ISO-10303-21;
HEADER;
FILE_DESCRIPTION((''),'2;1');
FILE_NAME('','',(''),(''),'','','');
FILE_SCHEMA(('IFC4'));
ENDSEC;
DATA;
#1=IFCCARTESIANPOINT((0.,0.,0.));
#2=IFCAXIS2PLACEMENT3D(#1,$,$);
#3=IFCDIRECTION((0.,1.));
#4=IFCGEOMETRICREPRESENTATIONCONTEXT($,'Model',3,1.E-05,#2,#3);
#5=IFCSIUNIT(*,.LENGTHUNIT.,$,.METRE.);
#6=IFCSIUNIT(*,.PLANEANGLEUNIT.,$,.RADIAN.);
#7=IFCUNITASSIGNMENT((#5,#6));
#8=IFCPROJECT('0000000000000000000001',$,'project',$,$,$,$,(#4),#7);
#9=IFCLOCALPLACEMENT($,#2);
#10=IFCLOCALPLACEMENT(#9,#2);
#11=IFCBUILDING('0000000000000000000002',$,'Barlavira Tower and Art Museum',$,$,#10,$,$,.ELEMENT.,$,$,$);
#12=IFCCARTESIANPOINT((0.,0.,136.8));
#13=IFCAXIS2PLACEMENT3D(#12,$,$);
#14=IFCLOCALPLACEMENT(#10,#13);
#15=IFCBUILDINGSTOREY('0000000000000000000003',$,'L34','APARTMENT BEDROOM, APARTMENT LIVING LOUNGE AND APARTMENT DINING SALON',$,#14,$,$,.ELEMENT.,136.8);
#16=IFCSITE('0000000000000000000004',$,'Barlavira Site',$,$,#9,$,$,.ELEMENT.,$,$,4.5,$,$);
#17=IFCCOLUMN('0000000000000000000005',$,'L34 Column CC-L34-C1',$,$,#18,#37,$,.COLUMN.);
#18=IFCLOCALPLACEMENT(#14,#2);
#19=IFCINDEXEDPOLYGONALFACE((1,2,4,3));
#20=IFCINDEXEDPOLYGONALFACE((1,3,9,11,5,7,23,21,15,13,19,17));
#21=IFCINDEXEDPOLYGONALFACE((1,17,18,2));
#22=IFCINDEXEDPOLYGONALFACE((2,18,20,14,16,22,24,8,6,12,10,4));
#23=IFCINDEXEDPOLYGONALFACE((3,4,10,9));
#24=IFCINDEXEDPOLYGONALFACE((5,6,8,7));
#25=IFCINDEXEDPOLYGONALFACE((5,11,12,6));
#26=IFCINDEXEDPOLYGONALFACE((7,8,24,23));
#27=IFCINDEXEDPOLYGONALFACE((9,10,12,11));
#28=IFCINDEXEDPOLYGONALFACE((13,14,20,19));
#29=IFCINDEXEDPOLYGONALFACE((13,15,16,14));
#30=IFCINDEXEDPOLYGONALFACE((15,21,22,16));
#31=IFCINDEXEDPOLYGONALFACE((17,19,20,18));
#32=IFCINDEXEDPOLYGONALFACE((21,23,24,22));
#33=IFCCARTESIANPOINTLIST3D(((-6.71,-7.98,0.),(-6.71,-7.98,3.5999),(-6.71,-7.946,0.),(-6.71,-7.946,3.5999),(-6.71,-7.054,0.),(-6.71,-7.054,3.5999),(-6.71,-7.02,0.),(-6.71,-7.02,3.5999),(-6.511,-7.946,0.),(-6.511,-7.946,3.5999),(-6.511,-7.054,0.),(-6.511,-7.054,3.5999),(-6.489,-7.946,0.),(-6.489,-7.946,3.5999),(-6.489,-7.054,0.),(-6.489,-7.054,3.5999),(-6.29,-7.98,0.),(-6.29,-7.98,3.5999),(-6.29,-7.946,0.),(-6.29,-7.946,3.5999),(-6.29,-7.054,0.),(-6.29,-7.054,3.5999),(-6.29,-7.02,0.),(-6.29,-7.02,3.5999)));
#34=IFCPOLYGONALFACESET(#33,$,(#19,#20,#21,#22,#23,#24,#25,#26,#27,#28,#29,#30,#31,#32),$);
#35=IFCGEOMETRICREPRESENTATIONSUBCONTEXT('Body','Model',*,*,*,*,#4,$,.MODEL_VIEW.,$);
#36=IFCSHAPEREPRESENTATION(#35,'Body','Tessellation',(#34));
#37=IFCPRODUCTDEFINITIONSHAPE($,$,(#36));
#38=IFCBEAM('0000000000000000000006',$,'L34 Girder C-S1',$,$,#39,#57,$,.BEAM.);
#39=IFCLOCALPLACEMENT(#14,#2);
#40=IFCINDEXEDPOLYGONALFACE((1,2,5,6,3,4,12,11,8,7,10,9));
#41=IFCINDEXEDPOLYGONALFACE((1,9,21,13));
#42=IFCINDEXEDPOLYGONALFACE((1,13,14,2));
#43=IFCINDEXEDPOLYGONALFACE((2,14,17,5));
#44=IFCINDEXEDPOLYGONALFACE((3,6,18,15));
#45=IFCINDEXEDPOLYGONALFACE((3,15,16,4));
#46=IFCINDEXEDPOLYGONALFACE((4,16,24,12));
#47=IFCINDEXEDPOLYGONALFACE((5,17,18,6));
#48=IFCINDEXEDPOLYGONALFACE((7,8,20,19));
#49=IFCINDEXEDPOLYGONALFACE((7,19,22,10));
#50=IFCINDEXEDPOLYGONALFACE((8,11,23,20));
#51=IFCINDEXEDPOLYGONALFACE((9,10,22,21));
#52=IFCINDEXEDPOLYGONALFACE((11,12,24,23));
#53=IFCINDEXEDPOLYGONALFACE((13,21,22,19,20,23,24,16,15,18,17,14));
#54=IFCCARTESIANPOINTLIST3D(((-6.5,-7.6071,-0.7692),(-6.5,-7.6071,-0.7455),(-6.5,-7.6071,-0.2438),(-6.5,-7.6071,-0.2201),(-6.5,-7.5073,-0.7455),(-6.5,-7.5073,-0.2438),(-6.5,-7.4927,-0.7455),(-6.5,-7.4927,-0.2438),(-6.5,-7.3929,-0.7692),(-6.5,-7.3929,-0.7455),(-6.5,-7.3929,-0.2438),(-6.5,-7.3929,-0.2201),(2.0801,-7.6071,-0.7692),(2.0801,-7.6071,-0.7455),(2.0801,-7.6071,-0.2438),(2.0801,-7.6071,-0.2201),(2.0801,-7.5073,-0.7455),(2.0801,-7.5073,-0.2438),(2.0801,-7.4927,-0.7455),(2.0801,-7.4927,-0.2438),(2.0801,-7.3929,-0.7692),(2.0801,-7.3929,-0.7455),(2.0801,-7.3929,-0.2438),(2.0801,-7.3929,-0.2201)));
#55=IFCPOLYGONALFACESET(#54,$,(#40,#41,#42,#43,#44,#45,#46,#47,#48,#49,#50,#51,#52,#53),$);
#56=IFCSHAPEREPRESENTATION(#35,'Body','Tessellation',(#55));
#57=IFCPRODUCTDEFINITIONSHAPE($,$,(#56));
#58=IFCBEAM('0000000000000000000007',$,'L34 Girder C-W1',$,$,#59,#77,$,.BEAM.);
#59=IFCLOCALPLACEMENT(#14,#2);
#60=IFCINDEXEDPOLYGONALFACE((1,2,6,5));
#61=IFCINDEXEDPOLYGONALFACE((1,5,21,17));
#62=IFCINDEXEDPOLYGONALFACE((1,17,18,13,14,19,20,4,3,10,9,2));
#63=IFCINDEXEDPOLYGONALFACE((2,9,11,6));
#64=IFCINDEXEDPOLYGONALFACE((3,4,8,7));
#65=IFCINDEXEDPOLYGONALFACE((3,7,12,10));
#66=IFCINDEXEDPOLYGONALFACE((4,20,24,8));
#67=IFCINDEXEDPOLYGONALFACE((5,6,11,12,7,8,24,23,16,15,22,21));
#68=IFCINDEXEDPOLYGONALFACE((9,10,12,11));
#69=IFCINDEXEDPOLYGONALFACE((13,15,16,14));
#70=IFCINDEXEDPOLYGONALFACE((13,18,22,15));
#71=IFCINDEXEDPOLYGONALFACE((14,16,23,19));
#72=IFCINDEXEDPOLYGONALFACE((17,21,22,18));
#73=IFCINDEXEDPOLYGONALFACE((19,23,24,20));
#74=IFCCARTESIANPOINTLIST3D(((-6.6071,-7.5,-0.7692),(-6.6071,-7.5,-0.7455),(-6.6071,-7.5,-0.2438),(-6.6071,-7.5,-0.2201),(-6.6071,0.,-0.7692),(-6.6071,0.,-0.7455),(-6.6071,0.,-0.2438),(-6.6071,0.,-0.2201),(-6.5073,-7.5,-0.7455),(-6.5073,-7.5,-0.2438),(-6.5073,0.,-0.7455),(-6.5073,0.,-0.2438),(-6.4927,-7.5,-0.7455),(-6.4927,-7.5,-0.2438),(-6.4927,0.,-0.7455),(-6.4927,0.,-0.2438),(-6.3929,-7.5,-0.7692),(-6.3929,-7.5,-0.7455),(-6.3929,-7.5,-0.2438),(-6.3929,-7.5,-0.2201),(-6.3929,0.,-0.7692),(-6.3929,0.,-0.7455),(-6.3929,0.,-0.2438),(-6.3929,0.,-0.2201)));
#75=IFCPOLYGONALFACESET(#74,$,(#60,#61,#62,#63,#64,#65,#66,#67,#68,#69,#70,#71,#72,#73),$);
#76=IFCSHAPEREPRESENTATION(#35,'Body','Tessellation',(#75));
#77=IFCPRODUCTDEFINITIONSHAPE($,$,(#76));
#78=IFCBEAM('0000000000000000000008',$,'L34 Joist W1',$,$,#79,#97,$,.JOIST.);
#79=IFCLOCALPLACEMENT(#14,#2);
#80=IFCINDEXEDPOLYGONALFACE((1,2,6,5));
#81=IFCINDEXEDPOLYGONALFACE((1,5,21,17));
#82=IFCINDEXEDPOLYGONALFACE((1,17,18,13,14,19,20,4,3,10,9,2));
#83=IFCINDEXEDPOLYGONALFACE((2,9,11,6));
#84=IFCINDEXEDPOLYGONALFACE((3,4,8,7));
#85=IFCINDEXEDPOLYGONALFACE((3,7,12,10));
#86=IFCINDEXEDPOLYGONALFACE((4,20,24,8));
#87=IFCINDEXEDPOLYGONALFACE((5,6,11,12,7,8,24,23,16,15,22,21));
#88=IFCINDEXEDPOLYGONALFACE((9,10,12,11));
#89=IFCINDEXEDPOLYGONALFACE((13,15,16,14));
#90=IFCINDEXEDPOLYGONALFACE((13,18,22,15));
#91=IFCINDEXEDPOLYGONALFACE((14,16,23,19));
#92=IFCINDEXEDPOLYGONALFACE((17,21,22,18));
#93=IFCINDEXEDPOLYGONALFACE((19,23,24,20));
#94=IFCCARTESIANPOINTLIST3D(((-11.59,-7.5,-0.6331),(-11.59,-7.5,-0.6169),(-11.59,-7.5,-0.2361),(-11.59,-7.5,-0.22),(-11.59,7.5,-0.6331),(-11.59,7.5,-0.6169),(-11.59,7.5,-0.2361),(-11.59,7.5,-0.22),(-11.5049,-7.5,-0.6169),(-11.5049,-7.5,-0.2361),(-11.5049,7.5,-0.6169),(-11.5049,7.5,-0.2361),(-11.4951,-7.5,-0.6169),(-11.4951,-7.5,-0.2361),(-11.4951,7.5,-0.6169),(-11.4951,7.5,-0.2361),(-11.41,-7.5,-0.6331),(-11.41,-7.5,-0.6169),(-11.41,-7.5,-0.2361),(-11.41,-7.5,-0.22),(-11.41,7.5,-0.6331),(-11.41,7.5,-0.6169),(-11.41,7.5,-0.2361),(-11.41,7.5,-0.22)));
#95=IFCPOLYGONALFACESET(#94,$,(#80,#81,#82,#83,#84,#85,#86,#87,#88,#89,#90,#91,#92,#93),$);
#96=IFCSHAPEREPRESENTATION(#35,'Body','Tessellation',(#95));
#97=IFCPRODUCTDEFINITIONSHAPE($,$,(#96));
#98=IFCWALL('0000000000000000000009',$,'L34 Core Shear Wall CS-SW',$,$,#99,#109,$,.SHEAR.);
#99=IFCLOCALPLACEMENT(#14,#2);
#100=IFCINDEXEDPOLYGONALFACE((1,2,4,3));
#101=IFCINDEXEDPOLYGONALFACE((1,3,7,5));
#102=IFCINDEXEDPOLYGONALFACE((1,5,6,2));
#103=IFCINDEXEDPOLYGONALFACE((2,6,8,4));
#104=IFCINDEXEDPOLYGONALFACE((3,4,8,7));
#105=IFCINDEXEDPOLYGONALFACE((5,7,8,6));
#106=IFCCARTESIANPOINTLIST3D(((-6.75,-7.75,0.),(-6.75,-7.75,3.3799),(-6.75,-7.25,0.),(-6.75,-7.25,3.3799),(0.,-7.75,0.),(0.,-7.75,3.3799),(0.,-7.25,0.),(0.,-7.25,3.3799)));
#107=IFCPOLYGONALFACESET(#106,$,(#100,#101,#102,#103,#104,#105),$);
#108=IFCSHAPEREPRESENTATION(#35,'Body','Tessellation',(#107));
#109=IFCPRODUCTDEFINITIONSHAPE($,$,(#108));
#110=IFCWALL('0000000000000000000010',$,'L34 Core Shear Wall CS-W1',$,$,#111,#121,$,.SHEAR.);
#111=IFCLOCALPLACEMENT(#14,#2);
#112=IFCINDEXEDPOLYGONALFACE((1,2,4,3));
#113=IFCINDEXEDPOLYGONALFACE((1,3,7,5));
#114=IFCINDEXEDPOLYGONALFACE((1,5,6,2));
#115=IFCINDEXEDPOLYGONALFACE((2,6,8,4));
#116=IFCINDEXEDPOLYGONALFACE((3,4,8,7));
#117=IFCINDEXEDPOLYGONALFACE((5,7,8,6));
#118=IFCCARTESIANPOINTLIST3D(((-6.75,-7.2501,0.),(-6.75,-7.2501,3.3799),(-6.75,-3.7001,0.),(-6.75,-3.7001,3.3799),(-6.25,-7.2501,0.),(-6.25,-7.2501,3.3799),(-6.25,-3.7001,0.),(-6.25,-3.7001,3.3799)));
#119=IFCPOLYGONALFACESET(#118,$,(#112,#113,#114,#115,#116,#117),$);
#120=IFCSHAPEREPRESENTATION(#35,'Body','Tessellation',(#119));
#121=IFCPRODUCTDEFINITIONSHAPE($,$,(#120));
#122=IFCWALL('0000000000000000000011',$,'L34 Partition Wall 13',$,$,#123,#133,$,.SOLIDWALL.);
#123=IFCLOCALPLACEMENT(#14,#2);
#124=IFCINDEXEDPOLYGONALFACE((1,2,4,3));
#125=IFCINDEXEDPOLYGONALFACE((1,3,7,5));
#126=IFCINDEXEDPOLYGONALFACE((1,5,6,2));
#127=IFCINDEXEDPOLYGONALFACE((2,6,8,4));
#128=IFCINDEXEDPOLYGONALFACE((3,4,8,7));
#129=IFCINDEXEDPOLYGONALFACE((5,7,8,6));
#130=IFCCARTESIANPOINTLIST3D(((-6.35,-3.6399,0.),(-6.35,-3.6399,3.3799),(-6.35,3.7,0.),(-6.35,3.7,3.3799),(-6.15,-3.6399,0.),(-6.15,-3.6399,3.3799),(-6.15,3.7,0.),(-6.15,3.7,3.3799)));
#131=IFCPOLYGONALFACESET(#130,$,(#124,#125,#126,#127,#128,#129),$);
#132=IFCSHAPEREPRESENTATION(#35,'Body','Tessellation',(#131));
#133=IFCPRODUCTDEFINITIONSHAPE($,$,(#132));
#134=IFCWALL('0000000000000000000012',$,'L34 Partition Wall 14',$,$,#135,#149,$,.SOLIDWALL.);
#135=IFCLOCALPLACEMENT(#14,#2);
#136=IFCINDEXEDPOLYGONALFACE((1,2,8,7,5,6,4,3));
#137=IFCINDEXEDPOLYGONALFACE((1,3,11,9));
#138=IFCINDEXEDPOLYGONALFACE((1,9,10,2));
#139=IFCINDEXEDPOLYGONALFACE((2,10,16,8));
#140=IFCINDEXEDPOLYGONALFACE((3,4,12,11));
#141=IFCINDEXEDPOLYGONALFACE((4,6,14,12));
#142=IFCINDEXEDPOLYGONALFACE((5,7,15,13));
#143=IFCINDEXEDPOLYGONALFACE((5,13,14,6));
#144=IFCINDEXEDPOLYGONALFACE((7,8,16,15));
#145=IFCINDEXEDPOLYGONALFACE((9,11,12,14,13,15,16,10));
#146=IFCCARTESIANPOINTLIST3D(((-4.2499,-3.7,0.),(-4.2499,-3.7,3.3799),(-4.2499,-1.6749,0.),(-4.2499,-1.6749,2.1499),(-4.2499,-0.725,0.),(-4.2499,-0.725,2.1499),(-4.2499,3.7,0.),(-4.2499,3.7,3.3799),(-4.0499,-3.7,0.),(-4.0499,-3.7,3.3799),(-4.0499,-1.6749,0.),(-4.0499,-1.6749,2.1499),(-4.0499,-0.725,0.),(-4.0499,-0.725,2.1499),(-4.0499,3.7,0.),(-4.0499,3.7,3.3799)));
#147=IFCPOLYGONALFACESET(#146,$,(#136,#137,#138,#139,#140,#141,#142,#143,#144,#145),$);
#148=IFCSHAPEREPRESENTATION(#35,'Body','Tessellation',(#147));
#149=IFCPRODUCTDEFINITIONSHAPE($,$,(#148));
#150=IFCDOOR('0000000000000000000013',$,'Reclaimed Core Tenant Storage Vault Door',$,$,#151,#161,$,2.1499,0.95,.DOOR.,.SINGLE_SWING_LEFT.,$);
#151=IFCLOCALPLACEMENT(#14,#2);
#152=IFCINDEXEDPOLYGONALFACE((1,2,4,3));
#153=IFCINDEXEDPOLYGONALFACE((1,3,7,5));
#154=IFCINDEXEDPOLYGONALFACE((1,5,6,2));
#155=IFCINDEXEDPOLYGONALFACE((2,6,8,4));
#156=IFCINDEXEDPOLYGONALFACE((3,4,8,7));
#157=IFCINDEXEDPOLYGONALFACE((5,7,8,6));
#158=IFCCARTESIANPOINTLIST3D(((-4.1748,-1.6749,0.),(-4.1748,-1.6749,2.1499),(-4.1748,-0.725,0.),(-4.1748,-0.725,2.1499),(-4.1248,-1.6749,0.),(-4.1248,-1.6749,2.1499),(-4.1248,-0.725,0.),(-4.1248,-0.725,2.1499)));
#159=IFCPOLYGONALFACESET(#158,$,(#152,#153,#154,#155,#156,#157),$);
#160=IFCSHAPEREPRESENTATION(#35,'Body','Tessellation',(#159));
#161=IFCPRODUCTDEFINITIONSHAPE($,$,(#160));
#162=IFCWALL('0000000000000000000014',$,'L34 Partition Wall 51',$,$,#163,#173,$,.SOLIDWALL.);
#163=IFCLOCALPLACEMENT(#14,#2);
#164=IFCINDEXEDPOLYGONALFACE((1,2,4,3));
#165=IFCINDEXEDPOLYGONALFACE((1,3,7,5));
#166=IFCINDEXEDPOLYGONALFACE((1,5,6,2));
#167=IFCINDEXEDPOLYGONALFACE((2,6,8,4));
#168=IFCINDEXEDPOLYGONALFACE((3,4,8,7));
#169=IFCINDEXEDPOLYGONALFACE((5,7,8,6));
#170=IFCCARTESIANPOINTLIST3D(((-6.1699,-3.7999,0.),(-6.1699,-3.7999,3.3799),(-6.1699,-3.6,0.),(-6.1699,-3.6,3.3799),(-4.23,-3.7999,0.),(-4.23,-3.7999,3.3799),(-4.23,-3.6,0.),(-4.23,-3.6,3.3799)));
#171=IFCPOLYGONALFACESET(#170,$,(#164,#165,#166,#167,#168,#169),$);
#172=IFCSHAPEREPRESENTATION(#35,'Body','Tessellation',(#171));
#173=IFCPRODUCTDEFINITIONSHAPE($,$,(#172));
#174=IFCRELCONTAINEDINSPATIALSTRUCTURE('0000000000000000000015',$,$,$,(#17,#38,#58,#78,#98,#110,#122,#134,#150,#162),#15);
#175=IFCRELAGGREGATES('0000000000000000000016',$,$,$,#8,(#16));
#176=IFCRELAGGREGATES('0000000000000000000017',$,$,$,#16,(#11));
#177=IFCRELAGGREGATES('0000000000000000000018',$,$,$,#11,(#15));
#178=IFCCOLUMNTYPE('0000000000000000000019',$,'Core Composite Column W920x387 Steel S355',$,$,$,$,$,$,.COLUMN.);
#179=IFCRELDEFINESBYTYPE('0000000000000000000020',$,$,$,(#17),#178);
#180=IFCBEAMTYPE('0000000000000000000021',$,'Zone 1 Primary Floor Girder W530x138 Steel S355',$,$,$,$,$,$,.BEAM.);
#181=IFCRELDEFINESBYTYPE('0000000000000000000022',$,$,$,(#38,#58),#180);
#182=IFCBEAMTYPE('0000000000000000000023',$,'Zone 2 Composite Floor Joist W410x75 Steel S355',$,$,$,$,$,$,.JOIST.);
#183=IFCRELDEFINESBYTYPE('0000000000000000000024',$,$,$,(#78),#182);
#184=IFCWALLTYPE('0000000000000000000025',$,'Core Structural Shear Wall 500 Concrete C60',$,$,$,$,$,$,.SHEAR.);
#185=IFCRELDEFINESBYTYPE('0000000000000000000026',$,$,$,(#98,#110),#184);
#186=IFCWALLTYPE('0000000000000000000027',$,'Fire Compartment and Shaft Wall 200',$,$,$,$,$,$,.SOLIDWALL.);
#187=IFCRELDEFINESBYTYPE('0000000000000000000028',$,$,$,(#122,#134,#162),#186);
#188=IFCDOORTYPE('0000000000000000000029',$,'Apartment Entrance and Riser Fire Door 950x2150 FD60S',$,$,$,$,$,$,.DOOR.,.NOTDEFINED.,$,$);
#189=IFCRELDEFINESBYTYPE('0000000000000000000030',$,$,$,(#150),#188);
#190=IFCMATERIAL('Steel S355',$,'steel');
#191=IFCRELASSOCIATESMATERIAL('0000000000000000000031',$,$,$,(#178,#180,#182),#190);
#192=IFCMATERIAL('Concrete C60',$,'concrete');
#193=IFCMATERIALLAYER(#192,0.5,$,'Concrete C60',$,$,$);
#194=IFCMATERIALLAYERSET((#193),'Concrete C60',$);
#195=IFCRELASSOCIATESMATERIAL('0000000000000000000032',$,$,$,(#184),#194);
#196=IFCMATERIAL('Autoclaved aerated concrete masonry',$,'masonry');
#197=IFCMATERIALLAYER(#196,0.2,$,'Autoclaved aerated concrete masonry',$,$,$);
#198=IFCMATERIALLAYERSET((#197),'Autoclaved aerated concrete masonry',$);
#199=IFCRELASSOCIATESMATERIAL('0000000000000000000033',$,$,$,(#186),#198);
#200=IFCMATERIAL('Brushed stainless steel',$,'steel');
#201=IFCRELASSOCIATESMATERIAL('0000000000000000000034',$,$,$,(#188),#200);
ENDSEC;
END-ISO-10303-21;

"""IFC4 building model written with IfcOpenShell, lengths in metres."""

from ifc_helpers import new_model, si_unit, direction, frame, frame_2d, origin, origin_2d, place, context, subcontext, project, spatial, rectangle, i_section, extrude, material, layer, layer_set, material_profile, profile_set, type_object, element, fill, save


model = new_model("IFC4")

# Units and contexts
model_context = context("Model", 3, precision=1e-05, world=origin(), true_north=direction((0.0, 1.0)))
body_context = subcontext(model_context, "Body", "Model", "MODEL_VIEW")
ifc_project = project(units=[si_unit("LENGTHUNIT", "METRE"), si_unit("PLANEANGLEUNIT", "RADIAN")], contexts=[model_context])

# Site, building, storey
site_placement = place(None, origin())
site = spatial("IfcSite", under=ifc_project, at=site_placement, Name="Barlavira Site", CompositionType="ELEMENT", RefElevation=4.5)
building_placement = place(site_placement, origin())
building = spatial("IfcBuilding", under=site, at=building_placement, Name="Barlavira Tower and Art Museum", CompositionType="ELEMENT")
storey_placement = place(building_placement, frame((0.0, 0.0, 136.8)))
storey = spatial("IfcBuildingStorey", under=building, at=storey_placement, Name="L34", Description="APARTMENT BEDROOM, APARTMENT LIVING LOUNGE AND APARTMENT DINING SALON", CompositionType="ELEMENT", Elevation=136.8)

# Column
ifc_material_1 = material(Name="Steel S355", Category="steel")
ifc_material_profile_1 = material_profile(ifc_material_1, i_section(OverallWidth=0.4199, OverallDepth=0.96, WebThickness=0.022, FlangeThickness=0.0339, at=origin_2d()), Name="W920x387.0")
ifc_profile_set_1 = profile_set([ifc_material_profile_1], Name="Steel S355")
column_type = type_object("IfcColumnType", Name="Core Composite Column W920x387 Steel S355", PredefinedType="COLUMN", material=ifc_profile_set_1)
column_placement = place(storey_placement, frame((-6.5, -7.5, 0.0), z_axis=(0.0, 0.0, 1.0), x_axis=(1.0, 0.0, 0.0)))
element("IfcColumn", 1, at=column_placement, inside=storey, type_object=column_type, Name="L34 Column CC-L34-C1", PredefinedType="COLUMN", context=body_context, shape_type="SweptSolid", body=[
    extrude(i_section(OverallWidth=0.4199, OverallDepth=0.96, WebThickness=0.022, FlangeThickness=0.0339, at=origin_2d()), origin(), (0.0, 0.0, 1.0), 3.5999),
])

# Beams
ifc_material_profile_2 = material_profile(ifc_material_1, i_section(OverallWidth=0.2141, OverallDepth=0.5491, WebThickness=0.0146, FlangeThickness=0.0237, at=origin_2d()), Name="W530x138.0")
ifc_profile_set_2 = profile_set([ifc_material_profile_2], Name="Steel S355")
beam_type_1 = type_object("IfcBeamType", Name="Zone 1 Primary Floor Girder W530x138 Steel S355", PredefinedType="BEAM", material=ifc_profile_set_2)
beam_1_placement = place(storey_placement, frame((-6.5, -7.5, -0.4946), z_axis=(1.0, 0.0, 0.0), x_axis=(0.0, 1.0, 0.0)))
element("IfcBeam", 2, at=beam_1_placement, inside=storey, type_object=beam_type_1, Name="L34 Girder C-S1", PredefinedType="BEAM", context=body_context, shape_type="SweptSolid", body=[
    extrude(i_section(OverallWidth=0.2141, OverallDepth=0.5491, WebThickness=0.0146, FlangeThickness=0.0237, at=origin_2d()), origin(), (0.0, 0.0, 1.0), 8.5801),
])
beam_2_placement = place(storey_placement, frame((-6.5, -7.5, -0.4946), z_axis=(0.0, 1.0, 0.0), x_axis=(-1.0, 0.0, 0.0)))
element("IfcBeam", 3, at=beam_2_placement, inside=storey, type_object=beam_type_1, Name="L34 Girder C-W1", PredefinedType="BEAM", context=body_context, shape_type="SweptSolid", body=[
    extrude(i_section(OverallWidth=0.2141, OverallDepth=0.5491, WebThickness=0.0146, FlangeThickness=0.0237, at=origin_2d()), origin(), (0.0, 0.0, 1.0), 7.5),
])
ifc_material_profile_3 = material_profile(ifc_material_1, i_section(OverallWidth=0.1799, OverallDepth=0.4131, WebThickness=0.0098, FlangeThickness=0.0161, at=origin_2d()), Name="W410x75.0")
ifc_profile_set_3 = profile_set([ifc_material_profile_3], Name="Steel S355")
beam_type_2 = type_object("IfcBeamType", Name="Zone 2 Composite Floor Joist W410x75 Steel S355", PredefinedType="JOIST", material=ifc_profile_set_3)
beam_3_placement = place(storey_placement, frame((-11.5, -7.5, -0.4265), z_axis=(0.0, 1.0, 0.0), x_axis=(-1.0, 0.0, 0.0)))
element("IfcBeam", 4, at=beam_3_placement, inside=storey, type_object=beam_type_2, Name="L34 Joist W1", PredefinedType="JOIST", context=body_context, shape_type="SweptSolid", body=[
    extrude(i_section(OverallWidth=0.1799, OverallDepth=0.4131, WebThickness=0.0098, FlangeThickness=0.0161, at=origin_2d()), origin(), (0.0, 0.0, 1.0), 15.0),
])

# Walls
ifc_material_2 = material(Name="Concrete C60", Category="concrete")
ifc_layer_1 = layer(ifc_material_2, 0.5, Name="Concrete C60")
ifc_layer_set_1 = layer_set([ifc_layer_1], Name="Concrete C60")
wall_type_1 = type_object("IfcWallType", Name="Core Structural Shear Wall 500 Concrete C60", PredefinedType="SHEAR", material=ifc_layer_set_1)
wall_1_placement = place(storey_placement, frame((-6.75, -7.5, 0.0), z_axis=(0.0, 0.0, 1.0), x_axis=(1.0, 0.0, 0.0)))
element("IfcWall", 5, at=wall_1_placement, inside=storey, type_object=wall_type_1, Name="L34 Core Shear Wall CS-SW", PredefinedType="SHEAR", context=body_context, shape_type="SweptSolid", body=[
    extrude(rectangle(XDim=6.75, YDim=0.5, at=frame_2d((3.375, 0.0))), origin(), (0.0, 0.0, 1.0), 3.3799),
])
wall_2_placement = place(storey_placement, frame((-6.5, -7.25, 0.0), z_axis=(0.0, 0.0, 1.0), x_axis=(0.0, 1.0, 0.0)))
element("IfcWall", 6, at=wall_2_placement, inside=storey, type_object=wall_type_1, Name="L34 Core Shear Wall CS-W1", PredefinedType="SHEAR", context=body_context, shape_type="SweptSolid", body=[
    extrude(rectangle(XDim=3.55, YDim=0.5, at=frame_2d((1.7749, 0.0))), origin(), (0.0, 0.0, 1.0), 3.3799),
])
ifc_material_3 = material(Name="Autoclaved aerated concrete masonry", Category="masonry")
ifc_layer_2 = layer(ifc_material_3, 0.2, Name="Autoclaved aerated concrete masonry")
ifc_layer_set_2 = layer_set([ifc_layer_2], Name="Autoclaved aerated concrete masonry")
wall_type_2 = type_object("IfcWallType", Name="Fire Compartment and Shaft Wall 200", PredefinedType="SOLIDWALL", material=ifc_layer_set_2)
wall_3_placement = place(storey_placement, frame((-6.25, -3.6399, 0.0), z_axis=(0.0, 0.0, 1.0), x_axis=(0.0, 1.0, 0.0)))
element("IfcWall", 7, at=wall_3_placement, inside=storey, type_object=wall_type_2, Name="L34 Partition Wall 13", PredefinedType="SOLIDWALL", context=body_context, shape_type="SweptSolid", body=[
    extrude(rectangle(XDim=7.3398, YDim=0.2, at=frame_2d((3.6699, 0.0))), origin(), (0.0, 0.0, 1.0), 3.3799),
])

# Wall, opening, door
wall_4_placement = place(storey_placement, frame((-4.1499, -3.7, 0.0), z_axis=(0.0, 0.0, 1.0), x_axis=(0.0, 1.0, 0.0)))
wall_4 = element("IfcWall", 8, at=wall_4_placement, inside=storey, type_object=wall_type_2, Name="L34 Partition Wall 14", PredefinedType="SOLIDWALL", context=body_context, shape_type="SweptSolid", body=[
    extrude(rectangle(XDim=7.3999, YDim=0.2, at=frame_2d((3.7, 0.0))), origin(), (0.0, 0.0, 1.0), 3.3799),
])
opening_1_placement = place(wall_4_placement, frame((2.0249, 0.0, 0.0)))
opening_1 = element("IfcOpeningElement", 9, at=opening_1_placement, cuts=wall_4, PredefinedType="OPENING", context=body_context, shape_type="SweptSolid", body=[
    extrude(rectangle(XDim=0.95, YDim=2.1499, at=frame_2d((0.4751, 1.075))), frame((0.0, 0.1099, 0.0), z_axis=(0.0, -1.0, 0.0), x_axis=(1.0, 0.0, 0.0)), (0.0, 0.0, 1.0), 0.22),
])
ifc_material_4 = material(Name="Brushed stainless steel", Category="steel")
door_type = type_object("IfcDoorType", Name="Apartment Entrance and Riser Fire Door 950x2150 FD60S", OperationType="NOTDEFINED", PredefinedType="DOOR", material=ifc_material_4)
door_1_placement = place(opening_1_placement, origin())
door_1 = element("IfcDoor", 10, at=door_1_placement, inside=storey, type_object=door_type, Name="Reclaimed Core Tenant Storage Vault Door", OperationType="SINGLE_SWING_LEFT", OverallHeight=2.1499, OverallWidth=0.95, PredefinedType="DOOR", context=body_context, shape_type="SweptSolid", body=[
    extrude(rectangle(XDim=0.95, YDim=2.1499, at=frame_2d((0.4751, 1.075))), frame((0.0, 0.0249, 0.0), z_axis=(0.0, -1.0, 0.0), x_axis=(1.0, 0.0, 0.0)), (0.0, 0.0, 1.0), 0.05),
])
fill(opening_1, door_1)

# Wall
wall_5_placement = place(storey_placement, frame((-6.1699, -3.7, 0.0), z_axis=(0.0, 0.0, 1.0), x_axis=(1.0, 0.0, 0.0)))
element("IfcWall", 11, at=wall_5_placement, inside=storey, type_object=wall_type_2, Name="L34 Partition Wall 51", PredefinedType="SOLIDWALL", context=body_context, shape_type="SweptSolid", body=[
    extrude(rectangle(XDim=1.9399, YDim=0.2, at=frame_2d((0.97, 0.0))), origin(), (0.0, 0.0, 1.0), 3.3799),
])

save(model, "model.ifc")
